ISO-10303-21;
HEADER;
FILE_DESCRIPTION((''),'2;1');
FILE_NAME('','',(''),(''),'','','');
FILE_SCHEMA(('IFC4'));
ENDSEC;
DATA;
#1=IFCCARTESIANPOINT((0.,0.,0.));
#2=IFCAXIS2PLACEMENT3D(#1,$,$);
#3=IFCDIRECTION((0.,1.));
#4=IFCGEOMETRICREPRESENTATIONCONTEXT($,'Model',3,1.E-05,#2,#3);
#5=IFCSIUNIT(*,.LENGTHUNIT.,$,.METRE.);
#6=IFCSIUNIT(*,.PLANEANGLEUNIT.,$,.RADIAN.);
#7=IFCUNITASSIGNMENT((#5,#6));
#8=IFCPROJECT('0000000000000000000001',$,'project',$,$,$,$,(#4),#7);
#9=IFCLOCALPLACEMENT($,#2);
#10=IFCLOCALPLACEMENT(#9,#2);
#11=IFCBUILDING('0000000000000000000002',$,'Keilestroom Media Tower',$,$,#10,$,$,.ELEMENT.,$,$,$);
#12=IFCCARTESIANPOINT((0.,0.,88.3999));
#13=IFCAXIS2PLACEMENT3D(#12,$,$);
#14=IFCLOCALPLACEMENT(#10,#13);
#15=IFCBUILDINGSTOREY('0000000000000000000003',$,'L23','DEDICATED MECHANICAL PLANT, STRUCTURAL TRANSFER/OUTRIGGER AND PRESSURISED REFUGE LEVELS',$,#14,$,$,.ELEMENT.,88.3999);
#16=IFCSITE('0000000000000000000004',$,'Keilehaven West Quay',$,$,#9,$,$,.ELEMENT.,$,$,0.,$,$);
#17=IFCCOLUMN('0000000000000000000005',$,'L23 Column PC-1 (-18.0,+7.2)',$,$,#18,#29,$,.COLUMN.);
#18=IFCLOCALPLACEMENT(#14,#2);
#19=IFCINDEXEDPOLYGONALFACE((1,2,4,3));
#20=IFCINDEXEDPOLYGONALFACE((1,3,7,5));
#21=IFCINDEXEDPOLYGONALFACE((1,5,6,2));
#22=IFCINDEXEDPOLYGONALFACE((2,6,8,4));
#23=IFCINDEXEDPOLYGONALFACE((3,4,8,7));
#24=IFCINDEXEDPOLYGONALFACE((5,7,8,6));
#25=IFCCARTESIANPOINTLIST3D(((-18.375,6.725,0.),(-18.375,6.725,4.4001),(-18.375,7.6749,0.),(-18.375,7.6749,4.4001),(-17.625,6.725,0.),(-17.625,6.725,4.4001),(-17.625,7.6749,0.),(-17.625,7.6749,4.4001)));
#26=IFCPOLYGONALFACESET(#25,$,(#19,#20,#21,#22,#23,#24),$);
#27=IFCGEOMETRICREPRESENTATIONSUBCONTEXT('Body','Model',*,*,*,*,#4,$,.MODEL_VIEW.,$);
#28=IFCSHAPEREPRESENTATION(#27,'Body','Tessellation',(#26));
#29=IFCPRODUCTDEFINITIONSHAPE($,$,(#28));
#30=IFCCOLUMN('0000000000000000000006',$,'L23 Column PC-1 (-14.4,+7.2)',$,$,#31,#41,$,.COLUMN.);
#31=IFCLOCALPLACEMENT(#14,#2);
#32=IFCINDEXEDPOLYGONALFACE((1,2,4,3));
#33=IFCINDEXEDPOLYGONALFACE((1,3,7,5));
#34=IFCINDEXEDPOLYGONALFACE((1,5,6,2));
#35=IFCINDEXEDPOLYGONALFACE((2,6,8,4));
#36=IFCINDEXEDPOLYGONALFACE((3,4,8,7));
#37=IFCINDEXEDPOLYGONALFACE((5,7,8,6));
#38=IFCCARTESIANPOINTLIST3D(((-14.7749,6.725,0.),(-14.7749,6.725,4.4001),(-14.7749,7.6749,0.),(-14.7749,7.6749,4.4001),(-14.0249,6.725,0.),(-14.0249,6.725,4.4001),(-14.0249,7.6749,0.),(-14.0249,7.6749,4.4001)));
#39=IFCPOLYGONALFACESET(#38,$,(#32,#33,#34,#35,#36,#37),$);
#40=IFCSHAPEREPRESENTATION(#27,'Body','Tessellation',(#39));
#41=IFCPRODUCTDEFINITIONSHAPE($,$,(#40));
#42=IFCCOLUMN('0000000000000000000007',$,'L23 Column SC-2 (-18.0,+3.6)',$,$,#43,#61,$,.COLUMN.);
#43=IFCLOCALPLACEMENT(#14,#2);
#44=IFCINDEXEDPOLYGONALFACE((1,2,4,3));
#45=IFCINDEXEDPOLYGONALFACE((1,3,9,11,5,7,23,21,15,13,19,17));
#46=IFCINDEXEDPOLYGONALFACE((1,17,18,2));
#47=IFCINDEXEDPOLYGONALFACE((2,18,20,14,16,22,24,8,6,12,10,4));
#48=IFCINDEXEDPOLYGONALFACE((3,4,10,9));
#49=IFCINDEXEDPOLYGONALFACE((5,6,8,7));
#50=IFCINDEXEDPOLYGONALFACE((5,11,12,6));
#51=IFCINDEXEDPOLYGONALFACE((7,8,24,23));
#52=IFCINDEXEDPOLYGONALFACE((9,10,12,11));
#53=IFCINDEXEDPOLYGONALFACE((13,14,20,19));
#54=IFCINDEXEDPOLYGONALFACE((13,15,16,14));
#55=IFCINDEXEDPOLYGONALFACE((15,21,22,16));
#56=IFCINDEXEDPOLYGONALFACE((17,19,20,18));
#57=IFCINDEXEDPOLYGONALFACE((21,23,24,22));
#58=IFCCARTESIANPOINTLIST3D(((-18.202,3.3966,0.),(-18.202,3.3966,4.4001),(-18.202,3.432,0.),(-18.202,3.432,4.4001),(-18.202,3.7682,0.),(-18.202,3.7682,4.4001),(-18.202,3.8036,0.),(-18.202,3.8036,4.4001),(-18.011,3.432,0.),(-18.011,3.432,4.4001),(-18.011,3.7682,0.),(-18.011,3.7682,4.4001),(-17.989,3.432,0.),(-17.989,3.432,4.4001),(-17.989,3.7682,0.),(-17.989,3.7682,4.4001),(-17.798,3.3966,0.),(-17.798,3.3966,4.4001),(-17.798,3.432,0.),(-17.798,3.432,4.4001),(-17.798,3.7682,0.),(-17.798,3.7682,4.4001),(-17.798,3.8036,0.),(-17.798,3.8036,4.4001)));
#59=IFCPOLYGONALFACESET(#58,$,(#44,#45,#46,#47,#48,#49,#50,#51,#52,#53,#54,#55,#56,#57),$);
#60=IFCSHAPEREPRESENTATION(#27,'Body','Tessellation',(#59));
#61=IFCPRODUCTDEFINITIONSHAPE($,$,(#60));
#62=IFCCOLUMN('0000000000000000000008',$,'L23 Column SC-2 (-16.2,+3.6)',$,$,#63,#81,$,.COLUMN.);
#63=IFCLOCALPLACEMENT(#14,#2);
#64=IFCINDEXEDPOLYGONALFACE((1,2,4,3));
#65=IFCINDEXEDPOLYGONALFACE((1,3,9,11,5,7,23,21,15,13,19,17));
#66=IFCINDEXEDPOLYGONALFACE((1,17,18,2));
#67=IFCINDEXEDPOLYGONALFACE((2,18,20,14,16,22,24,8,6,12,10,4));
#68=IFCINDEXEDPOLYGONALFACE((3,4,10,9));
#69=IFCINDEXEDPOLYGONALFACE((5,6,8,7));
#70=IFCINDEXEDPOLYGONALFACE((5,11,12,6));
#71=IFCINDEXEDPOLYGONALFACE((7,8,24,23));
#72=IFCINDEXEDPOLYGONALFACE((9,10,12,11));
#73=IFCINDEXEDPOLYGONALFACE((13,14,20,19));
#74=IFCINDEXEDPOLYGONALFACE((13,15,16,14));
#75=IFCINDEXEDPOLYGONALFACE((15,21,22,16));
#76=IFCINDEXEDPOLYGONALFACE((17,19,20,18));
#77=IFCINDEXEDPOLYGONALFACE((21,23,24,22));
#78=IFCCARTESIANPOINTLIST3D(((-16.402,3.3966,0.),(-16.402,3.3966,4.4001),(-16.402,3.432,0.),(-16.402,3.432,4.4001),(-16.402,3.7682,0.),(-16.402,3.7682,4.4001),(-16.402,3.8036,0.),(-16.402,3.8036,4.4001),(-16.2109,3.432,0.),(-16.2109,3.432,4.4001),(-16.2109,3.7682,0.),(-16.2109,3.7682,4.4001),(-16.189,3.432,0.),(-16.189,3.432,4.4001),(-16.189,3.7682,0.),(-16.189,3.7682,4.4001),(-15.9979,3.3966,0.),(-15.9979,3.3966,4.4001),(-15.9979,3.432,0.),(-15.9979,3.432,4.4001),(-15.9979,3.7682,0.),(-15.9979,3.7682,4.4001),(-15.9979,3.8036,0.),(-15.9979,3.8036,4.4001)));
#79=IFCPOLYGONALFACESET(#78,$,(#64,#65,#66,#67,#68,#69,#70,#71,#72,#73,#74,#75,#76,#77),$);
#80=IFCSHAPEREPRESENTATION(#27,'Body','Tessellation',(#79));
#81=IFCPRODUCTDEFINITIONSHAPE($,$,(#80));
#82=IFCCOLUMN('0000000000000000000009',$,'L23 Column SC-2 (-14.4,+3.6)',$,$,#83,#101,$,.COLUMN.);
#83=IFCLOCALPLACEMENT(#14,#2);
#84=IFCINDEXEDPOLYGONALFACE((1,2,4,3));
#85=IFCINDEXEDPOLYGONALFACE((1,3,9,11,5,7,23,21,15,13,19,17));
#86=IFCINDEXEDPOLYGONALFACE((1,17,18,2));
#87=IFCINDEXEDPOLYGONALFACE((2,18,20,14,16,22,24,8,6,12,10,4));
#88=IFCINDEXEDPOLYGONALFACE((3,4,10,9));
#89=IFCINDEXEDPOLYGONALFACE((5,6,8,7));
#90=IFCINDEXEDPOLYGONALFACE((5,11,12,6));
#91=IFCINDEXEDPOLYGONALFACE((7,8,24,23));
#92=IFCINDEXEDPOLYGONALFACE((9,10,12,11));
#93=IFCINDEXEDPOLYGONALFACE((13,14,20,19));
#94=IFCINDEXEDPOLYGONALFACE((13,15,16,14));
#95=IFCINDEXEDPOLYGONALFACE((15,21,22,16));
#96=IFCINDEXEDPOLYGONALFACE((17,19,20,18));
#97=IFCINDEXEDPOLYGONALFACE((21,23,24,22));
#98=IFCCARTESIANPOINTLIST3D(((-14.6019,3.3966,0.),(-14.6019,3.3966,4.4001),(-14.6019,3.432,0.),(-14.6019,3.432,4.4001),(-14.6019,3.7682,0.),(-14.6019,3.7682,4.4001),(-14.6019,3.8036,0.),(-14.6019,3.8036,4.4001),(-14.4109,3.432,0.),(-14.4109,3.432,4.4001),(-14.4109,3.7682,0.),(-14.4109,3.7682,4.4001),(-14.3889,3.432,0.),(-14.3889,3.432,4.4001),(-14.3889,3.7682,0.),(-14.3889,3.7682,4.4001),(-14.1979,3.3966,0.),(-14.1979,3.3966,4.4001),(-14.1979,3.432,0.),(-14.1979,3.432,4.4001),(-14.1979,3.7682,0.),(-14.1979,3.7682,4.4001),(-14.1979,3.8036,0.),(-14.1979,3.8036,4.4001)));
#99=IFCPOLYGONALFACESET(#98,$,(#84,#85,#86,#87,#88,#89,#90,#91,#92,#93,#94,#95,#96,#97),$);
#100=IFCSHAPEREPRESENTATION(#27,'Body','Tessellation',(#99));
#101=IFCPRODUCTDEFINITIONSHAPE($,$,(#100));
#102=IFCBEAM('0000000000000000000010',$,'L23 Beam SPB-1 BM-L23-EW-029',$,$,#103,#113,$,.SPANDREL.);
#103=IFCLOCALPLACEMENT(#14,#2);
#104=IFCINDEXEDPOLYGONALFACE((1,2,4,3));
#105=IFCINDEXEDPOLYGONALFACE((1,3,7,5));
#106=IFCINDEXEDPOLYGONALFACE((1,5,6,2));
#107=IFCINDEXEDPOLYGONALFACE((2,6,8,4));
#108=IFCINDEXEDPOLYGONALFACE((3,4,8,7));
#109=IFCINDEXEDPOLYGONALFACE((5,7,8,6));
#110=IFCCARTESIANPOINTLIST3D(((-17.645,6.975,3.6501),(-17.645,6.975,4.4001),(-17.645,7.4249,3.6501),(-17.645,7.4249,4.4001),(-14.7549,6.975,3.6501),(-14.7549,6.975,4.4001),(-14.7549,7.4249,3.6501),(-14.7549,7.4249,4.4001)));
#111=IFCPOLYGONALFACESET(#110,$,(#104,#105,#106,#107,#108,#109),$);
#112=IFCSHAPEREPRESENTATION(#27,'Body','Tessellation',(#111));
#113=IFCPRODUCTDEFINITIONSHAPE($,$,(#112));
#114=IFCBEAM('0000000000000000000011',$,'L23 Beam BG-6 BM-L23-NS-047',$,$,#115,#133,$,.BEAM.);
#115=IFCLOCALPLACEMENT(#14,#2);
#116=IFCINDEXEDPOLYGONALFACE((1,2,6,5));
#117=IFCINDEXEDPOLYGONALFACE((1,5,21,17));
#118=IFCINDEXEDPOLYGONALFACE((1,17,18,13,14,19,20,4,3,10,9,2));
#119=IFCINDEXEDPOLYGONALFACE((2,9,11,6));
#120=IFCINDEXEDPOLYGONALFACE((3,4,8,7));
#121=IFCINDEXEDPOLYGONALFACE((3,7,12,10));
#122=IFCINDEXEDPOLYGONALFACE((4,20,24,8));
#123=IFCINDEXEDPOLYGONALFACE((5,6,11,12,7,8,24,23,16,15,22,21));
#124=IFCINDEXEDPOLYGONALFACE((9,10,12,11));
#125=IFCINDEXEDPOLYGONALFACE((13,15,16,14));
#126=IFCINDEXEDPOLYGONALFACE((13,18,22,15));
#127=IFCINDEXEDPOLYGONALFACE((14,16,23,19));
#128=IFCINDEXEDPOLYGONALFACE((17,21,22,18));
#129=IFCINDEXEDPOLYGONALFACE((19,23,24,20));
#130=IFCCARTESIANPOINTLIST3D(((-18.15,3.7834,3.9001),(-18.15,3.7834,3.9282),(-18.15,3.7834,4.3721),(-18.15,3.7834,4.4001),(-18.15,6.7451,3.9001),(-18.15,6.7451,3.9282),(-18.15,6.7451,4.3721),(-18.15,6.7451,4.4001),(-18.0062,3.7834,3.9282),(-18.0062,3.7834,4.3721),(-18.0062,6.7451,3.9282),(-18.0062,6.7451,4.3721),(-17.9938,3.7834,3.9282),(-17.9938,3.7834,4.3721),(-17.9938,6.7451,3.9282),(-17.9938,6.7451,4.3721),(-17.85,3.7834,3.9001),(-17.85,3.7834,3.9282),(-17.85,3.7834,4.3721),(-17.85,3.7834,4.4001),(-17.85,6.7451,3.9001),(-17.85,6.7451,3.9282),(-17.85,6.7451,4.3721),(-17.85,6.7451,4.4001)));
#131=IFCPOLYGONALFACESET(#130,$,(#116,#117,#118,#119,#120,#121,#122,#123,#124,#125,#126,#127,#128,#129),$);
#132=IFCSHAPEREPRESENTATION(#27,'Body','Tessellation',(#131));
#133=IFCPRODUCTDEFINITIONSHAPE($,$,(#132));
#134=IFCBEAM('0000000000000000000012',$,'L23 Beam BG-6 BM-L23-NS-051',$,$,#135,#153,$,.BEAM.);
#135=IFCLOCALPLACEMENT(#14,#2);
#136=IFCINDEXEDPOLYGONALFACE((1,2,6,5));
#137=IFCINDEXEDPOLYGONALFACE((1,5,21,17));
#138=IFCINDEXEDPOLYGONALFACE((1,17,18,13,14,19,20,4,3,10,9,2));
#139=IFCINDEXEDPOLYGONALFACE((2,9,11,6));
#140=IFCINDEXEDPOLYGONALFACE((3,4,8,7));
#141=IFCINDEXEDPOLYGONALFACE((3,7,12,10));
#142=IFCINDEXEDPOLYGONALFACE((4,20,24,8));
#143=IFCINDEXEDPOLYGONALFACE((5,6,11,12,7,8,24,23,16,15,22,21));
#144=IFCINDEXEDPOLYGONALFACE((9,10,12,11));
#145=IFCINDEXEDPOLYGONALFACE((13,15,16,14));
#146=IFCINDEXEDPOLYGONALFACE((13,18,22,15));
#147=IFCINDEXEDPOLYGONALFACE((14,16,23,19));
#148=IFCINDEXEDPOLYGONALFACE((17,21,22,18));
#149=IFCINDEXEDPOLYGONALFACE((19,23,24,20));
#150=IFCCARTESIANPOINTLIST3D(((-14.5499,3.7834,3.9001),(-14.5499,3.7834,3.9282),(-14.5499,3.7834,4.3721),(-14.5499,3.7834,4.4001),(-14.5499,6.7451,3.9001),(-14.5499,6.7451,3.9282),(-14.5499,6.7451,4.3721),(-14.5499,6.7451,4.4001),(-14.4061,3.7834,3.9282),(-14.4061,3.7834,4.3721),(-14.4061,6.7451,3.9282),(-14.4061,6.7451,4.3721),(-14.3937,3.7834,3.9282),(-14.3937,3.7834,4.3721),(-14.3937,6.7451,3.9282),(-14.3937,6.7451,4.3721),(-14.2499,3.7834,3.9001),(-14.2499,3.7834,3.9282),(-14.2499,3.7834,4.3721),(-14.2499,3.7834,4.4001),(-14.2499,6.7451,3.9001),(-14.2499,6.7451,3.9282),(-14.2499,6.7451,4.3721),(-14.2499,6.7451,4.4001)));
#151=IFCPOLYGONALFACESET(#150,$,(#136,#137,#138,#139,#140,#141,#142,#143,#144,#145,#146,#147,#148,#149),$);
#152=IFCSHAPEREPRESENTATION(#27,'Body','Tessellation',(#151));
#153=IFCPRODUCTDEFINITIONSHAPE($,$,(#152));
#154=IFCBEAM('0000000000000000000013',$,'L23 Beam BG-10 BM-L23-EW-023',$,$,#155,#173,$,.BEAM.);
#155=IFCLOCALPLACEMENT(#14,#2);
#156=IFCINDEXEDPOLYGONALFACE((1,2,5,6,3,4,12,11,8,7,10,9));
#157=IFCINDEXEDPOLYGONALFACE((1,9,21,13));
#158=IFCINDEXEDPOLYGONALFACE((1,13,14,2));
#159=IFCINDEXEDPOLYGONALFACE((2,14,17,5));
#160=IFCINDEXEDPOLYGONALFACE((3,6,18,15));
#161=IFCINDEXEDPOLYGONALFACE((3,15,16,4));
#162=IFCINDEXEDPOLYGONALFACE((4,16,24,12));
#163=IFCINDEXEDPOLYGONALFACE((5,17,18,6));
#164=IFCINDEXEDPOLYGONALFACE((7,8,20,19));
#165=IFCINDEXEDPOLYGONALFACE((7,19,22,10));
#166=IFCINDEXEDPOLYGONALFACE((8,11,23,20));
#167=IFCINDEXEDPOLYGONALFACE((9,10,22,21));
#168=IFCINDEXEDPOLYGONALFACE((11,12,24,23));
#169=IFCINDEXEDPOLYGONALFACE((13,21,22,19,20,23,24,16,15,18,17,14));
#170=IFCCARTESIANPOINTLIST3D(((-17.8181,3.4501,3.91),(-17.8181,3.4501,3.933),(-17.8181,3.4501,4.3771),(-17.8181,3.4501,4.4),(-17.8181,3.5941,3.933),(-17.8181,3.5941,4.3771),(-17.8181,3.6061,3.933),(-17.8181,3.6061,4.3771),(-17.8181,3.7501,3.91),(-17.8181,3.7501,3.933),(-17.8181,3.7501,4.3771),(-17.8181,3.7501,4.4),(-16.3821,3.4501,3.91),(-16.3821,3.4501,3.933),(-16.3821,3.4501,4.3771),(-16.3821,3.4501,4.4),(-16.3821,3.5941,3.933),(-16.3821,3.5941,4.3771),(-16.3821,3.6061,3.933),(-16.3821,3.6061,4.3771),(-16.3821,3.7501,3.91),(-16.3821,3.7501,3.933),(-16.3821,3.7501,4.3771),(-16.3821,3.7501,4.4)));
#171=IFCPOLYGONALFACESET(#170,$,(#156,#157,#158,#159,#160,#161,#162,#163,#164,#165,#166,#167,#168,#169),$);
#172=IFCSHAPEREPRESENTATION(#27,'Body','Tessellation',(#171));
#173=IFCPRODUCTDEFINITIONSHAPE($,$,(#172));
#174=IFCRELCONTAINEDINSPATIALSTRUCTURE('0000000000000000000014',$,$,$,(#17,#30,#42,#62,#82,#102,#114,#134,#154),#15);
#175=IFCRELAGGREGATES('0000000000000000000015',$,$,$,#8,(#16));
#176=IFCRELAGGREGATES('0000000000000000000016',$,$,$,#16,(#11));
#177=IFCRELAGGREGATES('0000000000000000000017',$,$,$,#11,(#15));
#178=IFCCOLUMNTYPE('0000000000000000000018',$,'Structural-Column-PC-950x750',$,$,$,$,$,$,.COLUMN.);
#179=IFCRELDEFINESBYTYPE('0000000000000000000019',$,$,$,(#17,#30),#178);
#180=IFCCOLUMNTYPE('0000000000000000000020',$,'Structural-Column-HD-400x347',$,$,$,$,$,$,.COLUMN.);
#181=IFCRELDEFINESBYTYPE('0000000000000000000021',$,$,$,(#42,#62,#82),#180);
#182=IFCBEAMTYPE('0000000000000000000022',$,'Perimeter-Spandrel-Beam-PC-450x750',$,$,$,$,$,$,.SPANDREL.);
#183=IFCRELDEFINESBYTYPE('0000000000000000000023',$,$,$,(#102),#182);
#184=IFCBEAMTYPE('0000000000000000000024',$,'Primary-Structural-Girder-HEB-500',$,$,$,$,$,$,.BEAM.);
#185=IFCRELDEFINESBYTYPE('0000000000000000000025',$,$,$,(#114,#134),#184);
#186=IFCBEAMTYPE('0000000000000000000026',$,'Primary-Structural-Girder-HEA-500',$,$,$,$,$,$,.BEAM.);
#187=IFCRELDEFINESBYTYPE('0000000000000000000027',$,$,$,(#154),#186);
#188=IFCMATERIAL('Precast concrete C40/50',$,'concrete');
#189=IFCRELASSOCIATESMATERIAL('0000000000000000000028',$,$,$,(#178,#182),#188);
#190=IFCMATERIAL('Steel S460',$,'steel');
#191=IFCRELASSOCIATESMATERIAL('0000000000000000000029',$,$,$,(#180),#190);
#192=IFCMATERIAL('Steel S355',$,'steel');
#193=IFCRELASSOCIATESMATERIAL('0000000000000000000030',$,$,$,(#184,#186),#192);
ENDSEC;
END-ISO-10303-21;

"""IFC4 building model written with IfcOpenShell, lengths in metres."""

from ifc_helpers import new_model, si_unit, direction, frame, origin, origin_2d, place, context, subcontext, project, spatial, rectangle, i_section, extrude, source, transform, mapped, material, material_profile, profile_set, type_object, element, save


model = new_model("IFC4")

# Units and contexts
model_context = context("Model", 3, precision=1e-05, world=origin(), true_north=direction((0.0, 1.0)))
body_context = subcontext(model_context, "Body", "Model", "MODEL_VIEW")
ifc_project = project(units=[si_unit("LENGTHUNIT", "METRE"), si_unit("PLANEANGLEUNIT", "RADIAN")], contexts=[model_context])

# Site, building, storey
site_placement = place(None, origin())
site = spatial("IfcSite", under=ifc_project, at=site_placement, Name="Keilehaven West Quay", CompositionType="ELEMENT", RefElevation=0.0)
building_placement = place(site_placement, origin())
building = spatial("IfcBuilding", under=site, at=building_placement, Name="Keilestroom Media Tower", CompositionType="ELEMENT")
storey_placement = place(building_placement, frame((0.0, 0.0, 88.3999)))
storey = spatial("IfcBuildingStorey", under=building, at=storey_placement, Name="L23", Description="DEDICATED MECHANICAL PLANT, STRUCTURAL TRANSFER/OUTRIGGER AND PRESSURISED REFUGE LEVELS", CompositionType="ELEMENT", Elevation=88.3999)

# Columns
ifc_material_1 = material(Name="Precast concrete C40/50", Category="concrete")
ifc_material_profile_1 = material_profile(ifc_material_1, rectangle(XDim=0.75, YDim=0.95, at=origin_2d()), Name="PC 950x750")
ifc_profile_set_1 = profile_set([ifc_material_profile_1], Name="Precast concrete C40/50")
column_type_1 = type_object("IfcColumnType", Name="Structural-Column-PC-950x750", PredefinedType="COLUMN", material=ifc_profile_set_1)
shared_shape_1 = source(origin(), body_context, "Body", "SweptSolid", [
    extrude(rectangle(XDim=0.75, YDim=0.95, at=origin_2d()), origin(), (0.0, 0.0, 1.0), 4.4001),
])
for number, where, z_axis, x_axis, name in (
    (1, (-18.0, 7.2, 0.0), (0.0, 0.0, 1.0), (1.0, 0.0, 0.0), "L23 Column PC-1 (-18.0,+7.2)"),
    (2, (-14.3999, 7.2, 0.0), (0.0, 0.0, 1.0), (1.0, 0.0, 0.0), "L23 Column PC-1 (-14.4,+7.2)"),
):
    element("IfcColumn", number, at=place(storey_placement, frame(where, z_axis=z_axis, x_axis=x_axis)), inside=storey, type_object=column_type_1, Name=name, PredefinedType="COLUMN", context=body_context, shape_type="MappedRepresentation", body=[
        mapped(shared_shape_1, transform((0.0, 0.0, 0.0), x_axis=(1.0, 0.0, 0.0), y_axis=(0.0, 1.0, 0.0), z_axis=(0.0, 0.0, 1.0), scale=1.0)),
    ])
ifc_material_2 = material(Name="Steel S460", Category="steel")
ifc_material_profile_2 = material_profile(ifc_material_2, i_section(OverallWidth=0.4041, OverallDepth=0.407, WebThickness=0.022, FlangeThickness=0.0354, at=origin_2d()), Name="HD 400x347")
ifc_profile_set_2 = profile_set([ifc_material_profile_2], Name="Steel S460")
column_type_2 = type_object("IfcColumnType", Name="Structural-Column-HD-400x347", PredefinedType="COLUMN", material=ifc_profile_set_2)
shared_shape_2 = source(origin(), body_context, "Body", "SweptSolid", [
    extrude(i_section(OverallWidth=0.4041, OverallDepth=0.407, WebThickness=0.022, FlangeThickness=0.0354, at=origin_2d()), origin(), (0.0, 0.0, 1.0), 4.4001),
])
for number, where, z_axis, x_axis, name in (
    (3, (-18.0, 3.6001, 0.0), (0.0, 0.0, 1.0), (1.0, 0.0, 0.0), "L23 Column SC-2 (-18.0,+3.6)"),
    (4, (-16.2, 3.6001, 0.0), (0.0, 0.0, 1.0), (1.0, 0.0, 0.0), "L23 Column SC-2 (-16.2,+3.6)"),
    (5, (-14.3999, 3.6001, 0.0), (0.0, 0.0, 1.0), (1.0, 0.0, 0.0), "L23 Column SC-2 (-14.4,+3.6)"),
):
    element("IfcColumn", number, at=place(storey_placement, frame(where, z_axis=z_axis, x_axis=x_axis)), inside=storey, type_object=column_type_2, Name=name, PredefinedType="COLUMN", context=body_context, shape_type="MappedRepresentation", body=[
        mapped(shared_shape_2, transform((0.0, 0.0, 0.0), x_axis=(1.0, 0.0, 0.0), y_axis=(0.0, 1.0, 0.0), z_axis=(0.0, 0.0, 1.0), scale=1.0)),
    ])

# Beams
ifc_material_profile_3 = material_profile(ifc_material_1, rectangle(XDim=0.45, YDim=0.75, at=origin_2d()), Name="PC 450x750")
ifc_profile_set_3 = profile_set([ifc_material_profile_3], Name="Precast concrete C40/50")
beam_type_1 = type_object("IfcBeamType", Name="Perimeter-Spandrel-Beam-PC-450x750", PredefinedType="SPANDREL", material=ifc_profile_set_3)
shared_shape_3 = source(origin(), body_context, "Body", "SweptSolid", [
    extrude(rectangle(XDim=0.45, YDim=0.75, at=origin_2d()), origin(), (0.0, 0.0, 1.0), 2.8901),
])
beam_placement = place(storey_placement, frame((-17.645, 7.2, 4.0251), z_axis=(1.0, 0.0, 0.0), x_axis=(0.0, 1.0, 0.0)))
element("IfcBeam", 6, at=beam_placement, inside=storey, type_object=beam_type_1, Name="L23 Beam SPB-1 BM-L23-EW-029", PredefinedType="SPANDREL", context=body_context, shape_type="MappedRepresentation", body=[
    mapped(shared_shape_3, transform((0.0, 0.0, 0.0), x_axis=(1.0, 0.0, 0.0), y_axis=(0.0, 1.0, 0.0), z_axis=(0.0, 0.0, 1.0), scale=1.0)),
])
ifc_material_3 = material(Name="Steel S355", Category="steel")
ifc_material_profile_4 = material_profile(ifc_material_3, i_section(OverallWidth=0.3, OverallDepth=0.5, WebThickness=0.0125, FlangeThickness=0.0281, at=origin_2d()), Name="HEB 500")
ifc_profile_set_4 = profile_set([ifc_material_profile_4], Name="Steel S355")
beam_type_2 = type_object("IfcBeamType", Name="Primary-Structural-Girder-HEB-500", PredefinedType="BEAM", material=ifc_profile_set_4)
shared_shape_4 = source(origin(), body_context, "Body", "SweptSolid", [
    extrude(i_section(OverallWidth=0.3, OverallDepth=0.5, WebThickness=0.0125, FlangeThickness=0.0281, at=origin_2d()), origin(), (0.0, 0.0, 1.0), 2.9617),
])
for number, where, z_axis, x_axis, name in (
    (7, (-18.0, 3.7834, 4.1501), (0.0, 1.0, 0.0), (-1.0, 0.0, 0.0), "L23 Beam BG-6 BM-L23-NS-047"),
    (8, (-14.3999, 3.7834, 4.1501), (0.0, 1.0, 0.0), (-1.0, 0.0, 0.0), "L23 Beam BG-6 BM-L23-NS-051"),
):
    element("IfcBeam", number, at=place(storey_placement, frame(where, z_axis=z_axis, x_axis=x_axis)), inside=storey, type_object=beam_type_2, Name=name, PredefinedType="BEAM", context=body_context, shape_type="MappedRepresentation", body=[
        mapped(shared_shape_4, transform((0.0, 0.0, 0.0), x_axis=(1.0, 0.0, 0.0), y_axis=(0.0, 1.0, 0.0), z_axis=(0.0, 0.0, 1.0), scale=1.0)),
    ])
ifc_material_profile_5 = material_profile(ifc_material_3, i_section(OverallWidth=0.3, OverallDepth=0.49, WebThickness=0.012, FlangeThickness=0.0229, at=origin_2d()), Name="HEA 500")
ifc_profile_set_5 = profile_set([ifc_material_profile_5], Name="Steel S355")
beam_type_3 = type_object("IfcBeamType", Name="Primary-Structural-Girder-HEA-500", PredefinedType="BEAM", material=ifc_profile_set_5)
shared_shape_5 = source(origin(), body_context, "Body", "SweptSolid", [
    extrude(i_section(OverallWidth=0.3, OverallDepth=0.49, WebThickness=0.012, FlangeThickness=0.0229, at=origin_2d()), origin(), (0.0, 0.0, 1.0), 1.436),
])
for number, where, z_axis, x_axis, name in (
    (9, (-17.8181, 3.6001, 4.155), (1.0, 0.0, 0.0), (0.0, 1.0, 0.0), "L23 Beam BG-10 BM-L23-EW-023"),
):
    element("IfcBeam", number, at=place(storey_placement, frame(where, z_axis=z_axis, x_axis=x_axis)), inside=storey, type_object=beam_type_3, Name=name, PredefinedType="BEAM", context=body_context, shape_type="MappedRepresentation", body=[
        mapped(shared_shape_5, transform((0.0, 0.0, 0.0), x_axis=(1.0, 0.0, 0.0), y_axis=(0.0, 1.0, 0.0), z_axis=(0.0, 0.0, 1.0), scale=1.0)),
    ])

save(model, "model.ifc")
